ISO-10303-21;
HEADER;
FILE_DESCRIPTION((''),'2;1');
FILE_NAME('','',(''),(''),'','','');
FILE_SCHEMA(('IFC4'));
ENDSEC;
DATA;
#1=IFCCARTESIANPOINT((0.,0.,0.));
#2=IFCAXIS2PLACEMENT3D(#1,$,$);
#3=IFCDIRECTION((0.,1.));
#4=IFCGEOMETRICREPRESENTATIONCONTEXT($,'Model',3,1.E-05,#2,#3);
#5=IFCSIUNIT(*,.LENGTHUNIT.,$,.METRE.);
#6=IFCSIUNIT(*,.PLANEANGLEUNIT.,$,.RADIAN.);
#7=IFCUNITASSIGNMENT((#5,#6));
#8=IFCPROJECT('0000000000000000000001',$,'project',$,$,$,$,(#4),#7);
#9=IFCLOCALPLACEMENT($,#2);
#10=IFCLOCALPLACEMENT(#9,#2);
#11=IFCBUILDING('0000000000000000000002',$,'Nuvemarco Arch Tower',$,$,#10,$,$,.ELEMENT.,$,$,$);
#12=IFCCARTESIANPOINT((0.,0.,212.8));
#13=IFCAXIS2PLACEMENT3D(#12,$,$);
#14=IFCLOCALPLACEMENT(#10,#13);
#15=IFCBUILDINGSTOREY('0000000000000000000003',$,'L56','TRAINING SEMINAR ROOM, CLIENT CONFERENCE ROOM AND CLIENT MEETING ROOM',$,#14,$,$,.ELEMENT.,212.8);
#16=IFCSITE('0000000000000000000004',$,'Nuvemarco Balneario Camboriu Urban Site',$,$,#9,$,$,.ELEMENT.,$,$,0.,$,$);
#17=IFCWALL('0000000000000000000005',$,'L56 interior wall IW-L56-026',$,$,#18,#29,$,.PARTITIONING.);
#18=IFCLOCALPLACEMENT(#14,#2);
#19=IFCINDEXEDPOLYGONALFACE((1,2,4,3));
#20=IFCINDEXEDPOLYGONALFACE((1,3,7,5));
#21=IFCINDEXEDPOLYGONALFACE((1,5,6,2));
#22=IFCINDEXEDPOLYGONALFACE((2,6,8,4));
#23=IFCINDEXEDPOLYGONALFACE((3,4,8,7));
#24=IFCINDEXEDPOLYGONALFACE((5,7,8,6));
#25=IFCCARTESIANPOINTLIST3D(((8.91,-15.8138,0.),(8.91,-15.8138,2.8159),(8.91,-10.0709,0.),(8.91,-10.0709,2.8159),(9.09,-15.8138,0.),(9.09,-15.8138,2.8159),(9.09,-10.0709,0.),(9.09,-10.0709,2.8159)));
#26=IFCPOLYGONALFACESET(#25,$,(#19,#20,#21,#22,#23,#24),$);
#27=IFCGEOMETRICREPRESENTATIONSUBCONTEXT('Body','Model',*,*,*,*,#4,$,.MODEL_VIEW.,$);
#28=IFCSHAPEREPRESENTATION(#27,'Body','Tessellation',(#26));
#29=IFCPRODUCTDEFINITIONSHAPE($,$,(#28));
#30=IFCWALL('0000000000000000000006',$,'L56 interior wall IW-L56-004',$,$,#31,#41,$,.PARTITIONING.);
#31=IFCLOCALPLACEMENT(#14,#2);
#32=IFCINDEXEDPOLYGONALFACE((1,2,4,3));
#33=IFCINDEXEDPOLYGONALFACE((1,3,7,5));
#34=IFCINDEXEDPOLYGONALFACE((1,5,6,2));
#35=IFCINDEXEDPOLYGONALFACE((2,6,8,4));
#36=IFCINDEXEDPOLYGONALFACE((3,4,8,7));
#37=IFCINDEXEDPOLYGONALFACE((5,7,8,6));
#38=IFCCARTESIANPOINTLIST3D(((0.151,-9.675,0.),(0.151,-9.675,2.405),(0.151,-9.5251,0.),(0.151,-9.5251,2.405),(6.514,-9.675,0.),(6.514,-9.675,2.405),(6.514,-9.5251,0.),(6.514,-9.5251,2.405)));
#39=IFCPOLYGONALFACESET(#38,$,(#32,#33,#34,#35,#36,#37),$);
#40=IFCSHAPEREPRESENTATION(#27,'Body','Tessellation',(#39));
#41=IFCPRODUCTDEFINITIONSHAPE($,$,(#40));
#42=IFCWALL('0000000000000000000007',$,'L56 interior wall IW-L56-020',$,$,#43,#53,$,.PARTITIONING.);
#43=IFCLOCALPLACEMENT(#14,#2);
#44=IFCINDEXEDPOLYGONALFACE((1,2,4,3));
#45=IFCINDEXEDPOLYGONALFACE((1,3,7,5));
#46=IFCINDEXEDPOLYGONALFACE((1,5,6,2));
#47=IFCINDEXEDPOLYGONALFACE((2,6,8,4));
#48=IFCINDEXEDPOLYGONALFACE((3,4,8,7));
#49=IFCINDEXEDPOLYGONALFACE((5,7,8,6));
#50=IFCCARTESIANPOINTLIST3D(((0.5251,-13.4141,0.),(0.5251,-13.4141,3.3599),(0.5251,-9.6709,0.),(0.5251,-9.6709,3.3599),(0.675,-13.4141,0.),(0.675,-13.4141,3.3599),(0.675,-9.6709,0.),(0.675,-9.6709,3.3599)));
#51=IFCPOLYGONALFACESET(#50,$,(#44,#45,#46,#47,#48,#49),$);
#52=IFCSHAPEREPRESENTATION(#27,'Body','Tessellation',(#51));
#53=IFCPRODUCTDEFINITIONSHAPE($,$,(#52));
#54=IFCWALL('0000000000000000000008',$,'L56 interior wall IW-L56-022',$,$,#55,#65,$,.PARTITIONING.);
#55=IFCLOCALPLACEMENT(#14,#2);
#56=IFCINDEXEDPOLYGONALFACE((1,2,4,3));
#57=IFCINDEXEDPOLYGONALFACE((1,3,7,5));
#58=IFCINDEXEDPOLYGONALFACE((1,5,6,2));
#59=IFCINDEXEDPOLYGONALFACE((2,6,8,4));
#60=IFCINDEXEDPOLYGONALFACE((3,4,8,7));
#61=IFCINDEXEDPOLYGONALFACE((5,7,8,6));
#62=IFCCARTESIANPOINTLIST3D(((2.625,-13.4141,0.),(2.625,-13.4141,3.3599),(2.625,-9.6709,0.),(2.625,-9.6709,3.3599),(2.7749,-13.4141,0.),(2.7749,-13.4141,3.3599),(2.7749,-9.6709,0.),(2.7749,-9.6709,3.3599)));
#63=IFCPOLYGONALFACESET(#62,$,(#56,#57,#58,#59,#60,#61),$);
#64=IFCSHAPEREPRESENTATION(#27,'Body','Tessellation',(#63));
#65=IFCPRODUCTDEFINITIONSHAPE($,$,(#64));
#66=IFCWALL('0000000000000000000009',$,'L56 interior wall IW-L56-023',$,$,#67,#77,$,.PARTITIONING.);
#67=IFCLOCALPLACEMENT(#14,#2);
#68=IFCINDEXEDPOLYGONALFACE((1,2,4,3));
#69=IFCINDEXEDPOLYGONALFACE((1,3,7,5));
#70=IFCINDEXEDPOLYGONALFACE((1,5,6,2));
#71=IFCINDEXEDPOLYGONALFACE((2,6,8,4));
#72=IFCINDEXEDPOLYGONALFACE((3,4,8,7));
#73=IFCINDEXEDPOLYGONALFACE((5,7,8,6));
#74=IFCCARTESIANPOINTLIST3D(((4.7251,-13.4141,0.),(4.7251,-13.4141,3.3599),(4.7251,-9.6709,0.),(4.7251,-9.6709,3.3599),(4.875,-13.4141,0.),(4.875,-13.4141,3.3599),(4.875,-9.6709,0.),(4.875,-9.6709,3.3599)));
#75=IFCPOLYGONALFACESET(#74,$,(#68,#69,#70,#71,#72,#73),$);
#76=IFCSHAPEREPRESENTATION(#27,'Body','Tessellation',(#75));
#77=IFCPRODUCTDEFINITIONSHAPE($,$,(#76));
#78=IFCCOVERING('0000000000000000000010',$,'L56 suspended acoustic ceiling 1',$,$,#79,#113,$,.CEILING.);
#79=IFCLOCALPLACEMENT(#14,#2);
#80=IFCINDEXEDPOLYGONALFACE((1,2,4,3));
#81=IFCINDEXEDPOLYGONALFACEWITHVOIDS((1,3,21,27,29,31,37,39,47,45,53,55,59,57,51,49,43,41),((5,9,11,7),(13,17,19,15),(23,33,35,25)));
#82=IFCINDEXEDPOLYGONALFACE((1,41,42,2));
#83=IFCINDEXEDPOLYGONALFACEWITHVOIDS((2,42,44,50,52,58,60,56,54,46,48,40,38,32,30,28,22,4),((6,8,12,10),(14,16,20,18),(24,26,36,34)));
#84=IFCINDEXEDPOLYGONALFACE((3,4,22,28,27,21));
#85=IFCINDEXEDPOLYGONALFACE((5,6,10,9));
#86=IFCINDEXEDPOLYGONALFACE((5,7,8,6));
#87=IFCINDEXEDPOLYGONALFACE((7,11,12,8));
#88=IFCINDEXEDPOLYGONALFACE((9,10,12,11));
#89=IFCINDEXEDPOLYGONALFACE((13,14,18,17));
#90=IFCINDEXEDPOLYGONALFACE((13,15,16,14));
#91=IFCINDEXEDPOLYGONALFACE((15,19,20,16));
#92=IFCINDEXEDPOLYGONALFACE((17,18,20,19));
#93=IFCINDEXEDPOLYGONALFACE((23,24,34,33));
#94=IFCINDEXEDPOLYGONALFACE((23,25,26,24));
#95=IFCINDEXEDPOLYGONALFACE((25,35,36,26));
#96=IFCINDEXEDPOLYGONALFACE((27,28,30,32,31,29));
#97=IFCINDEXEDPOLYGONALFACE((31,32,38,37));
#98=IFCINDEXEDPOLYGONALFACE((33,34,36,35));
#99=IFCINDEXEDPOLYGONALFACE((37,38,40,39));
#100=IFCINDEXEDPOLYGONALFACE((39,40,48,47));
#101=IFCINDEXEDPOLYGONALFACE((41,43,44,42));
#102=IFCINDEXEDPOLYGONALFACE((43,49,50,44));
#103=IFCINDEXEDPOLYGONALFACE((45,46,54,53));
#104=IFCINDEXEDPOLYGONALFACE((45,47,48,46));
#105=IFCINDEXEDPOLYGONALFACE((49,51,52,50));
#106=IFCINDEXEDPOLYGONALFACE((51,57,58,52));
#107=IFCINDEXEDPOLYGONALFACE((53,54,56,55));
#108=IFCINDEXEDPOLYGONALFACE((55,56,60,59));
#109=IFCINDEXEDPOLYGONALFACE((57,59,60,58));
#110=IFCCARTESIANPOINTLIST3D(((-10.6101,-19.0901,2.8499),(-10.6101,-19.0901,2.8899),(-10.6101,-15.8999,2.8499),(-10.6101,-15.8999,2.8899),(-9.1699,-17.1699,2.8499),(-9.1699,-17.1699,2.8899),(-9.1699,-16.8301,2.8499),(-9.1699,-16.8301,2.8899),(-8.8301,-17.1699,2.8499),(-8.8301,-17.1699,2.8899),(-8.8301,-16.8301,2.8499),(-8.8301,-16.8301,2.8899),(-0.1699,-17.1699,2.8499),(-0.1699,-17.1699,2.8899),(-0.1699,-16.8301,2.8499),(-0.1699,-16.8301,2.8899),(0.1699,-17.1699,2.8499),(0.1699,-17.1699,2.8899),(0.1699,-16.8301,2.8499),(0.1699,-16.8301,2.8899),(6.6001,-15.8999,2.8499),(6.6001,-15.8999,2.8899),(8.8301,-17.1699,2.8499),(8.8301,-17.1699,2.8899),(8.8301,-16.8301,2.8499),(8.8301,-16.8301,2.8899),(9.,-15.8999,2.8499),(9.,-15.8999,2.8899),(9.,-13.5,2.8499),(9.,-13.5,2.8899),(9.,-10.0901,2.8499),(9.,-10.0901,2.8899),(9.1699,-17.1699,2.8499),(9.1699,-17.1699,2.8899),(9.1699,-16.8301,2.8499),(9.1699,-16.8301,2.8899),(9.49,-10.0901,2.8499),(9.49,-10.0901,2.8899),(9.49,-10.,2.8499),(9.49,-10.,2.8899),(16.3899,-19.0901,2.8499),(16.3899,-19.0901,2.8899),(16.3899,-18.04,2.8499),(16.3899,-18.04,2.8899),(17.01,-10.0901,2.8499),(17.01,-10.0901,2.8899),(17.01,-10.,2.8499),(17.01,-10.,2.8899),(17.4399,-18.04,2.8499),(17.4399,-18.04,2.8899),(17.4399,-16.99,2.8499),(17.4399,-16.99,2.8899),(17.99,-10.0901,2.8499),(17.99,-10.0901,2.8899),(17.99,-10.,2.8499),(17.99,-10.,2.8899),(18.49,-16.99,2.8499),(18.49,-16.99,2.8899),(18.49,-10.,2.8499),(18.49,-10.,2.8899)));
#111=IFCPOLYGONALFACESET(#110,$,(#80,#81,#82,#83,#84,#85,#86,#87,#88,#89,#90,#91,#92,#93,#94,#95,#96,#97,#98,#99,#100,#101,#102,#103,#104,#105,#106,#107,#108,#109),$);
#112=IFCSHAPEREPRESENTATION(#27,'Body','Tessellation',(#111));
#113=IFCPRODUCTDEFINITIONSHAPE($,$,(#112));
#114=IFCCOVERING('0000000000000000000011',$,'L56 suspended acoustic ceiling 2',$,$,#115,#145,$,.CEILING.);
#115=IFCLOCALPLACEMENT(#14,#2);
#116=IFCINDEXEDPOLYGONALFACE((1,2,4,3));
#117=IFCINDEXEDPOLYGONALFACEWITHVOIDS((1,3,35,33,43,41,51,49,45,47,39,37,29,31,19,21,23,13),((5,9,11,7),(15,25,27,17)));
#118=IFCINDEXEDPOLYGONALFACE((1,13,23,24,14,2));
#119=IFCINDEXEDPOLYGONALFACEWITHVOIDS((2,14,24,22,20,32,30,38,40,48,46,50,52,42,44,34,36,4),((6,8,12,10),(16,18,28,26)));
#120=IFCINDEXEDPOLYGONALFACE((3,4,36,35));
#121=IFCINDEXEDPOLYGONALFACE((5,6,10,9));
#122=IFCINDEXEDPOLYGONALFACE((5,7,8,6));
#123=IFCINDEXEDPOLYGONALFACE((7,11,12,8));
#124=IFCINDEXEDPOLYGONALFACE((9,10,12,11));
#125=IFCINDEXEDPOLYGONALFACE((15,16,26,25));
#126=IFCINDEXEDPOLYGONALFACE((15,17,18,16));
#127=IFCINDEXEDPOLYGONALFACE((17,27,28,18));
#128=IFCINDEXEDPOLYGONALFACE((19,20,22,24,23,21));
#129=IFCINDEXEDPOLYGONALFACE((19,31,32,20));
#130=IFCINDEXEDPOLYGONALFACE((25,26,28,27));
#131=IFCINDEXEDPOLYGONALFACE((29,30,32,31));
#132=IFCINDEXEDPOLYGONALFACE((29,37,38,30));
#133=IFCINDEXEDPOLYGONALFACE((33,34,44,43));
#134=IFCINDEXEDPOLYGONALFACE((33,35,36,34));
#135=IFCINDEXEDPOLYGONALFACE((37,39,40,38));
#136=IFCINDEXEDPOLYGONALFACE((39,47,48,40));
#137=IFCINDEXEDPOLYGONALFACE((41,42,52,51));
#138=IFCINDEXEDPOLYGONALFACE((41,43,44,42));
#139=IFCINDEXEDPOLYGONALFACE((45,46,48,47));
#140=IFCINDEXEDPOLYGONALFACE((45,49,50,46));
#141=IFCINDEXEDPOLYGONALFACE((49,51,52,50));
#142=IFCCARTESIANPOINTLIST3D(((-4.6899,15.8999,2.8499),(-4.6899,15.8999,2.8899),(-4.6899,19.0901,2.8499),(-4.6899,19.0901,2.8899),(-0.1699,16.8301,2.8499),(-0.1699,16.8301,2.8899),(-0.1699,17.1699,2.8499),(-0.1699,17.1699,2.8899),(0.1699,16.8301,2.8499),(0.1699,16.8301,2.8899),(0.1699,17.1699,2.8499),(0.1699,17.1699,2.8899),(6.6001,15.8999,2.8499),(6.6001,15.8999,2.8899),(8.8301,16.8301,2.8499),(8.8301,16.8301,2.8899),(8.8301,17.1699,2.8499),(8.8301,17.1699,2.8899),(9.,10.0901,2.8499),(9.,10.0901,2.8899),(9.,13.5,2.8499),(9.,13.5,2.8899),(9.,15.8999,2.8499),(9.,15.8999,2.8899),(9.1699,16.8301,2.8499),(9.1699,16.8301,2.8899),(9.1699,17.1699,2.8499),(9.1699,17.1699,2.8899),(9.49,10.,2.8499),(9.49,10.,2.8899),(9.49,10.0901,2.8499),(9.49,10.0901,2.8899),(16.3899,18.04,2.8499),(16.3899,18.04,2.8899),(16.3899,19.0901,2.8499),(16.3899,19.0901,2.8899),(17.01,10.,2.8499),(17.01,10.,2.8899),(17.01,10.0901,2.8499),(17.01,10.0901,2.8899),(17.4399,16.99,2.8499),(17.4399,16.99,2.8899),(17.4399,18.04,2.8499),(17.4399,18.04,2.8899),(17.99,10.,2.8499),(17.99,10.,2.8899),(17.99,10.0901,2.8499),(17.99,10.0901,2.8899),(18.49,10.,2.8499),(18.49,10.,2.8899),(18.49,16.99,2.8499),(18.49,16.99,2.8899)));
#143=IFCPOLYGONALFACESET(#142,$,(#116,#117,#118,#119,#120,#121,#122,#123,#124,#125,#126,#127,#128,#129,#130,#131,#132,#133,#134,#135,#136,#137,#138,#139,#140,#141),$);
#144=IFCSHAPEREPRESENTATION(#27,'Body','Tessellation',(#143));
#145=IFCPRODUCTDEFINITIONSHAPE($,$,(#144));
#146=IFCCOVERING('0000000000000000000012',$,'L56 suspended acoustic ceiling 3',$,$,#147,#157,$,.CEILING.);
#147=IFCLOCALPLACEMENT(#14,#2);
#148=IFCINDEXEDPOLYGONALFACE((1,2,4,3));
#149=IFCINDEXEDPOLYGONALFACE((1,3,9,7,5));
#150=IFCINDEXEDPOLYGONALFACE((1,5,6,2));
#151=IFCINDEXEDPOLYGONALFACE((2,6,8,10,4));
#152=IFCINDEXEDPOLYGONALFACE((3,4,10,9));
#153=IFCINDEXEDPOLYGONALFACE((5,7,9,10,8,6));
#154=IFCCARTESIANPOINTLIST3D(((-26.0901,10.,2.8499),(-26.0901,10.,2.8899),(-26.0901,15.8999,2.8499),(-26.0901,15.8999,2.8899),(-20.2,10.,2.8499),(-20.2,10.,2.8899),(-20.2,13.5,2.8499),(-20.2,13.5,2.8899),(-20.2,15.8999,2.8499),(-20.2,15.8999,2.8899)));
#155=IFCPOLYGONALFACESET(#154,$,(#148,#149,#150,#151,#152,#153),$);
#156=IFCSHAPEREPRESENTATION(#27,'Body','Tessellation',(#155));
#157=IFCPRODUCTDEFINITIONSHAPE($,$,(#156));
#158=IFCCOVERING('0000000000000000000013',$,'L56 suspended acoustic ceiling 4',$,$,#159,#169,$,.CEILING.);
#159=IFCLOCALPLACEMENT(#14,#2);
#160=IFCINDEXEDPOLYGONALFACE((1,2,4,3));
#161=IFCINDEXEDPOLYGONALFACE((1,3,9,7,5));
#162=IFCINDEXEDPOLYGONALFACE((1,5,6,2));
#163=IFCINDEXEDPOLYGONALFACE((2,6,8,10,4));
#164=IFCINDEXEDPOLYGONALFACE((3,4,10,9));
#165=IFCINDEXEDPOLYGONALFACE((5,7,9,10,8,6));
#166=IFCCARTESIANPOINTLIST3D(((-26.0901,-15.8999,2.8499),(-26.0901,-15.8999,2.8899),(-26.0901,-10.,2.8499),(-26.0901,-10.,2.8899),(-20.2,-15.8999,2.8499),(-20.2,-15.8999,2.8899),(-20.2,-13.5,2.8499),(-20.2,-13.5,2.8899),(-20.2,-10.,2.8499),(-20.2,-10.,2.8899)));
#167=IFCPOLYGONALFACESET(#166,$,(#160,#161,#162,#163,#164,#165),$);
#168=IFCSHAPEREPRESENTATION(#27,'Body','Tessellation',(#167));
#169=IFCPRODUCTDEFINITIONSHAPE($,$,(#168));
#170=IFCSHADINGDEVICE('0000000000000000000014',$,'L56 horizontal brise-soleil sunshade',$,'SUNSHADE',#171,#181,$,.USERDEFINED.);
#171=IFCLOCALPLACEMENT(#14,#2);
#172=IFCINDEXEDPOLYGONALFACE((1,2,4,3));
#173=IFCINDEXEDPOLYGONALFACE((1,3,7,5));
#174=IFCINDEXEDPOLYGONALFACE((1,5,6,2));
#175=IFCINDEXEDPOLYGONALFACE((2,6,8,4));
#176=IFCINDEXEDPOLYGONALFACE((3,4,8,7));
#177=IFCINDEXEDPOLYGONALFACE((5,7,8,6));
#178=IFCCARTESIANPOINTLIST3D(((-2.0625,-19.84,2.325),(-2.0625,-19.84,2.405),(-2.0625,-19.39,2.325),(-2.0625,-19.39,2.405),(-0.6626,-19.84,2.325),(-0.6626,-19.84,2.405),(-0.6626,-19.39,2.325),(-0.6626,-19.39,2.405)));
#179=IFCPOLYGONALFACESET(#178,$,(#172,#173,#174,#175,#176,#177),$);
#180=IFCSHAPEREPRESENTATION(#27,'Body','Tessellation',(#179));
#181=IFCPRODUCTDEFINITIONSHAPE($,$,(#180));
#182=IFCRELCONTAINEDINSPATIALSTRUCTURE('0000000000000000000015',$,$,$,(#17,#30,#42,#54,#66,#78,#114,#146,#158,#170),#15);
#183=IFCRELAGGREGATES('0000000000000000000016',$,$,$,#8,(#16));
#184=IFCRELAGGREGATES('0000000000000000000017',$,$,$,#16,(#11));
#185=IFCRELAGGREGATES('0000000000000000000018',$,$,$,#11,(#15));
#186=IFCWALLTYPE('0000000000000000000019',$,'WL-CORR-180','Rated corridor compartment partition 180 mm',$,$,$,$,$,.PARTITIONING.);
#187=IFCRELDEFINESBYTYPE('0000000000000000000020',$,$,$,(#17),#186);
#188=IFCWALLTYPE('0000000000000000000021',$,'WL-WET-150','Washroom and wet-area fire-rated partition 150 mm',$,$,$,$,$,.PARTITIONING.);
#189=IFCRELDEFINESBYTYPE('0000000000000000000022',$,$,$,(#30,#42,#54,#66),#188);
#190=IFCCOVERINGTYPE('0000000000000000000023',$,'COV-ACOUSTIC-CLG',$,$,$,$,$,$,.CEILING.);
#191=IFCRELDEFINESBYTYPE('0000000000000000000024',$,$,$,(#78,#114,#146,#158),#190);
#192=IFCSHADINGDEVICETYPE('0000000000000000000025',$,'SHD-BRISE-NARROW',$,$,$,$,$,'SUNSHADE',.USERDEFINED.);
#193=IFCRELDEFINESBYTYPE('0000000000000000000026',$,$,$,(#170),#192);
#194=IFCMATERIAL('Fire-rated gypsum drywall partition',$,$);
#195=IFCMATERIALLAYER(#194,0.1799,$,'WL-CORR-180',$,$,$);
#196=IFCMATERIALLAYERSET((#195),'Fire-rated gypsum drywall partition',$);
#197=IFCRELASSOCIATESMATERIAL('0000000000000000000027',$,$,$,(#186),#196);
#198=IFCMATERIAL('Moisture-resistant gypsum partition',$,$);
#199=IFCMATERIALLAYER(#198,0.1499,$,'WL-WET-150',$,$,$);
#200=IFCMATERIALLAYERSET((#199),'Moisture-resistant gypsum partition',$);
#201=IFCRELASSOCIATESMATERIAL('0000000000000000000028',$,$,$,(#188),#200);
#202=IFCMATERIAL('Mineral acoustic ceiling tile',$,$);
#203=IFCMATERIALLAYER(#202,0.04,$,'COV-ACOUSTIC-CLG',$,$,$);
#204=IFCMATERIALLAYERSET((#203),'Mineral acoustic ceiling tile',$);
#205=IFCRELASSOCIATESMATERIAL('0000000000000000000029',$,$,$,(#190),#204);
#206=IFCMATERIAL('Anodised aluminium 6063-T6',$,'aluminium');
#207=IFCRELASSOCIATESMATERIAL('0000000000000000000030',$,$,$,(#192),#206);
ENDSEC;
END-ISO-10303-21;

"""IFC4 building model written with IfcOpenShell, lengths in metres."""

from ifc_helpers import new_model, si_unit, direction, frame, frame_2d, origin, origin_2d, place, context, subcontext, project, spatial, polyline, rectangle, outline, extrude, source, transform, mapped, material, layer, layer_set, type_object, type_shapes, element, save


model = new_model("IFC4")

# Units and contexts
model_context = context("Model", 3, precision=1e-05, world=origin(), true_north=direction((0.0, 1.0)))
body_context = subcontext(model_context, "Body", "Model", "MODEL_VIEW")
ifc_project = project(units=[si_unit("LENGTHUNIT", "METRE"), si_unit("PLANEANGLEUNIT", "RADIAN")], contexts=[model_context])

# Site, building, storey
site_placement = place(None, origin())
site = spatial("IfcSite", under=ifc_project, at=site_placement, Name="Nuvemarco Balneario Camboriu Urban Site", CompositionType="ELEMENT", RefElevation=0.0)
building_placement = place(site_placement, origin())
building = spatial("IfcBuilding", under=site, at=building_placement, Name="Nuvemarco Arch Tower", CompositionType="ELEMENT")
storey_placement = place(building_placement, frame((0.0, 0.0, 212.8)))
storey = spatial("IfcBuildingStorey", under=building, at=storey_placement, Name="L56", Description="TRAINING SEMINAR ROOM, CLIENT CONFERENCE ROOM AND CLIENT MEETING ROOM", CompositionType="ELEMENT", Elevation=212.8)

# Shared definitions
ifc_material_1 = material(Name="Fire-rated gypsum drywall partition")
ifc_layer_1 = layer(ifc_material_1, 0.1799, Name="WL-CORR-180")
ifc_layer_set_1 = layer_set([ifc_layer_1], Name="Fire-rated gypsum drywall partition")
wall_type_1 = type_object("IfcWallType", Name="WL-CORR-180", Description="Rated corridor compartment partition 180 mm", PredefinedType="PARTITIONING", material=ifc_layer_set_1)

# Walls
wall_1_placement = place(storey_placement, frame((9.0, -15.814, 0.0), z_axis=(0.0, 0.0, 1.0), x_axis=(0.0, 1.0, 0.0)))
element("IfcWall", 1, at=wall_1_placement, inside=storey, type_object=wall_type_1, Name="L56 interior wall IW-L56-026", PredefinedType="PARTITIONING", context=body_context, shape_type="SweptSolid", body=[
    extrude(rectangle(XDim=5.7429, YDim=0.1799, at=frame_2d((2.8716, 0.0))), origin(), (0.0, 0.0, 1.0), 2.8159),
])
ifc_material_2 = material(Name="Moisture-resistant gypsum partition")
ifc_layer_2 = layer(ifc_material_2, 0.1499, Name="WL-WET-150")
ifc_layer_set_2 = layer_set([ifc_layer_2], Name="Moisture-resistant gypsum partition")
wall_type_2 = type_object("IfcWallType", Name="WL-WET-150", Description="Washroom and wet-area fire-rated partition 150 mm", PredefinedType="PARTITIONING", material=ifc_layer_set_2)
wall_2_placement = place(storey_placement, frame((0.1509, -9.6001, 0.0), z_axis=(0.0, 0.0, 1.0), x_axis=(1.0, 0.0, 0.0)))
element("IfcWall", 2, at=wall_2_placement, inside=storey, type_object=wall_type_2, Name="L56 interior wall IW-L56-004", PredefinedType="PARTITIONING", context=body_context, shape_type="SweptSolid", body=[
    extrude(rectangle(XDim=6.363, YDim=0.1499, at=frame_2d((3.1816, 0.0))), origin(), (0.0, 0.0, 1.0), 2.405),
])
for number, where, z_axis, x_axis, name in (
    (3, (0.6001, -13.4141, 0.0), (0.0, 0.0, 1.0), (0.0, 1.0, 0.0), "L56 interior wall IW-L56-020"),
    (4, (2.7, -13.4141, 0.0), (0.0, 0.0, 1.0), (0.0, 1.0, 0.0), "L56 interior wall IW-L56-022"),
    (5, (4.8, -13.4141, 0.0), (0.0, 0.0, 1.0), (0.0, 1.0, 0.0), "L56 interior wall IW-L56-023"),
):
    element("IfcWall", number, at=place(storey_placement, frame(where, z_axis=z_axis, x_axis=x_axis)), inside=storey, type_object=wall_type_2, Name=name, PredefinedType="PARTITIONING", context=body_context, shape_type="SweptSolid", body=[
        extrude(rectangle(XDim=3.7432, YDim=0.1499, at=frame_2d((1.8716, 0.0))), origin(), (0.0, 0.0, 1.0), 3.3599),
    ])

# Coverings
ifc_material_3 = material(Name="Mineral acoustic ceiling tile")
ifc_layer_3 = layer(ifc_material_3, 0.04, Name="COV-ACOUSTIC-CLG")
ifc_layer_set_3 = layer_set([ifc_layer_3], Name="Mineral acoustic ceiling tile")
covering_type = type_object("IfcCoveringType", Name="COV-ACOUSTIC-CLG", PredefinedType="CEILING", material=ifc_layer_set_3)
covering_1_placement = place(storey_placement, frame((0.0, 0.0, 2.8499)))
element("IfcCovering", 6, at=covering_1_placement, inside=storey, type_object=covering_type, Name="L56 suspended acoustic ceiling 1", PredefinedType="CEILING", context=body_context, shape_type="SweptSolid", body=[
    extrude(outline(polyline([(-10.6101, -15.8999), (6.6001, -15.8999), (9.0, -15.8999), (9.0, -13.5), (9.0, -10.0901), (9.49, -10.0901), (9.49, -10.0), (17.01, -10.0), (17.01, -10.0901), (17.99, -10.0901), (17.99, -10.0), (18.49, -10.0), (18.49, -16.99), (17.4399, -16.99), (17.4399, -18.04), (16.3899, -18.04), (16.3899, -19.0901), (-10.6101, -19.0901), (-10.6101, -15.8999)]), holes=[polyline([(-8.8301, -16.8301), (-9.1699, -16.8301), (-9.1699, -17.1699), (-8.8301, -17.1699), (-8.8301, -16.8301)]), polyline([(0.1699, -17.1699), (0.1699, -16.8301), (-0.1699, -16.8301), (-0.1699, -17.1699), (0.1699, -17.1699)]), polyline([(9.1699, -17.1699), (9.1699, -16.8301), (8.8301, -16.8301), (8.8301, -17.1699), (9.1699, -17.1699)])]), origin(), (0.0, 0.0, 1.0), 0.04),
])
covering_2_placement = place(storey_placement, frame((0.0, 0.0, 2.8499)))
element("IfcCovering", 7, at=covering_2_placement, inside=storey, type_object=covering_type, Name="L56 suspended acoustic ceiling 2", PredefinedType="CEILING", context=body_context, shape_type="SweptSolid", body=[
    extrude(outline(polyline([(18.49, 16.99), (18.49, 10.0), (17.99, 10.0), (17.99, 10.0901), (17.01, 10.0901), (17.01, 10.0), (9.49, 10.0), (9.49, 10.0901), (9.0, 10.0901), (9.0, 13.5), (9.0, 15.8999), (6.6001, 15.8999), (-4.6899, 15.8999), (-4.6899, 19.0901), (16.3899, 19.0901), (16.3899, 18.04), (17.4399, 18.04), (17.4399, 16.99), (18.49, 16.99)]), holes=[polyline([(0.1699, 16.8301), (0.1699, 17.1699), (-0.1699, 17.1699), (-0.1699, 16.8301), (0.1699, 16.8301)]), polyline([(9.1699, 17.1699), (8.8301, 17.1699), (8.8301, 16.8301), (9.1699, 16.8301), (9.1699, 17.1699)])]), origin(), (0.0, 0.0, 1.0), 0.04),
])
covering_3_placement = place(storey_placement, frame((0.0, 0.0, 2.8499)))
element("IfcCovering", 8, at=covering_3_placement, inside=storey, type_object=covering_type, Name="L56 suspended acoustic ceiling 3", PredefinedType="CEILING", context=body_context, shape_type="SweptSolid", body=[
    extrude(outline(polyline([(-20.2, 10.0), (-26.0901, 10.0), (-26.0901, 15.8999), (-20.2, 15.8999), (-20.2, 13.5), (-20.2, 10.0)])), origin(), (0.0, 0.0, 1.0), 0.04),
])
covering_4_placement = place(storey_placement, frame((0.0, 0.0, 2.8499)))
element("IfcCovering", 9, at=covering_4_placement, inside=storey, type_object=covering_type, Name="L56 suspended acoustic ceiling 4", PredefinedType="CEILING", context=body_context, shape_type="SweptSolid", body=[
    extrude(outline(polyline([(-20.2, -15.8999), (-26.0901, -15.8999), (-26.0901, -10.0), (-20.2, -10.0), (-20.2, -13.5), (-20.2, -15.8999)])), origin(), (0.0, 0.0, 1.0), 0.04),
])

# Shading device
ifc_material_4 = material(Name="Anodised aluminium 6063-T6", Category="aluminium")
shading_device_type = type_object("IfcShadingDeviceType", Name="SHD-BRISE-NARROW", ElementType="SUNSHADE", PredefinedType="USERDEFINED", material=ifc_material_4)
shared_shape_1 = source(origin(), body_context, "Body", "SweptSolid", [
    extrude(rectangle(XDim=1.3999, YDim=0.45, at=origin_2d()), origin(), (0.0, 0.0, 1.0), 0.0801),
])
type_shapes(shading_device_type, [shared_shape_1])
for number, where, z_axis, x_axis, name in (
    (10, (-1.3625, -19.615, 2.325), (0.0, 0.0, 1.0), (1.0, 0.0, 0.0), "L56 horizontal brise-soleil sunshade"),
):
    element("IfcShadingDevice", number, at=place(storey_placement, frame(where, z_axis=z_axis, x_axis=x_axis)), inside=storey, type_object=shading_device_type, Name=name, ObjectType="SUNSHADE", PredefinedType="USERDEFINED", context=body_context, shape_type="MappedRepresentation", body=[
        mapped(shared_shape_1, transform((0.0, 0.0, 0.0), scale=1.0)),
    ])

save(model, "model.ifc")
